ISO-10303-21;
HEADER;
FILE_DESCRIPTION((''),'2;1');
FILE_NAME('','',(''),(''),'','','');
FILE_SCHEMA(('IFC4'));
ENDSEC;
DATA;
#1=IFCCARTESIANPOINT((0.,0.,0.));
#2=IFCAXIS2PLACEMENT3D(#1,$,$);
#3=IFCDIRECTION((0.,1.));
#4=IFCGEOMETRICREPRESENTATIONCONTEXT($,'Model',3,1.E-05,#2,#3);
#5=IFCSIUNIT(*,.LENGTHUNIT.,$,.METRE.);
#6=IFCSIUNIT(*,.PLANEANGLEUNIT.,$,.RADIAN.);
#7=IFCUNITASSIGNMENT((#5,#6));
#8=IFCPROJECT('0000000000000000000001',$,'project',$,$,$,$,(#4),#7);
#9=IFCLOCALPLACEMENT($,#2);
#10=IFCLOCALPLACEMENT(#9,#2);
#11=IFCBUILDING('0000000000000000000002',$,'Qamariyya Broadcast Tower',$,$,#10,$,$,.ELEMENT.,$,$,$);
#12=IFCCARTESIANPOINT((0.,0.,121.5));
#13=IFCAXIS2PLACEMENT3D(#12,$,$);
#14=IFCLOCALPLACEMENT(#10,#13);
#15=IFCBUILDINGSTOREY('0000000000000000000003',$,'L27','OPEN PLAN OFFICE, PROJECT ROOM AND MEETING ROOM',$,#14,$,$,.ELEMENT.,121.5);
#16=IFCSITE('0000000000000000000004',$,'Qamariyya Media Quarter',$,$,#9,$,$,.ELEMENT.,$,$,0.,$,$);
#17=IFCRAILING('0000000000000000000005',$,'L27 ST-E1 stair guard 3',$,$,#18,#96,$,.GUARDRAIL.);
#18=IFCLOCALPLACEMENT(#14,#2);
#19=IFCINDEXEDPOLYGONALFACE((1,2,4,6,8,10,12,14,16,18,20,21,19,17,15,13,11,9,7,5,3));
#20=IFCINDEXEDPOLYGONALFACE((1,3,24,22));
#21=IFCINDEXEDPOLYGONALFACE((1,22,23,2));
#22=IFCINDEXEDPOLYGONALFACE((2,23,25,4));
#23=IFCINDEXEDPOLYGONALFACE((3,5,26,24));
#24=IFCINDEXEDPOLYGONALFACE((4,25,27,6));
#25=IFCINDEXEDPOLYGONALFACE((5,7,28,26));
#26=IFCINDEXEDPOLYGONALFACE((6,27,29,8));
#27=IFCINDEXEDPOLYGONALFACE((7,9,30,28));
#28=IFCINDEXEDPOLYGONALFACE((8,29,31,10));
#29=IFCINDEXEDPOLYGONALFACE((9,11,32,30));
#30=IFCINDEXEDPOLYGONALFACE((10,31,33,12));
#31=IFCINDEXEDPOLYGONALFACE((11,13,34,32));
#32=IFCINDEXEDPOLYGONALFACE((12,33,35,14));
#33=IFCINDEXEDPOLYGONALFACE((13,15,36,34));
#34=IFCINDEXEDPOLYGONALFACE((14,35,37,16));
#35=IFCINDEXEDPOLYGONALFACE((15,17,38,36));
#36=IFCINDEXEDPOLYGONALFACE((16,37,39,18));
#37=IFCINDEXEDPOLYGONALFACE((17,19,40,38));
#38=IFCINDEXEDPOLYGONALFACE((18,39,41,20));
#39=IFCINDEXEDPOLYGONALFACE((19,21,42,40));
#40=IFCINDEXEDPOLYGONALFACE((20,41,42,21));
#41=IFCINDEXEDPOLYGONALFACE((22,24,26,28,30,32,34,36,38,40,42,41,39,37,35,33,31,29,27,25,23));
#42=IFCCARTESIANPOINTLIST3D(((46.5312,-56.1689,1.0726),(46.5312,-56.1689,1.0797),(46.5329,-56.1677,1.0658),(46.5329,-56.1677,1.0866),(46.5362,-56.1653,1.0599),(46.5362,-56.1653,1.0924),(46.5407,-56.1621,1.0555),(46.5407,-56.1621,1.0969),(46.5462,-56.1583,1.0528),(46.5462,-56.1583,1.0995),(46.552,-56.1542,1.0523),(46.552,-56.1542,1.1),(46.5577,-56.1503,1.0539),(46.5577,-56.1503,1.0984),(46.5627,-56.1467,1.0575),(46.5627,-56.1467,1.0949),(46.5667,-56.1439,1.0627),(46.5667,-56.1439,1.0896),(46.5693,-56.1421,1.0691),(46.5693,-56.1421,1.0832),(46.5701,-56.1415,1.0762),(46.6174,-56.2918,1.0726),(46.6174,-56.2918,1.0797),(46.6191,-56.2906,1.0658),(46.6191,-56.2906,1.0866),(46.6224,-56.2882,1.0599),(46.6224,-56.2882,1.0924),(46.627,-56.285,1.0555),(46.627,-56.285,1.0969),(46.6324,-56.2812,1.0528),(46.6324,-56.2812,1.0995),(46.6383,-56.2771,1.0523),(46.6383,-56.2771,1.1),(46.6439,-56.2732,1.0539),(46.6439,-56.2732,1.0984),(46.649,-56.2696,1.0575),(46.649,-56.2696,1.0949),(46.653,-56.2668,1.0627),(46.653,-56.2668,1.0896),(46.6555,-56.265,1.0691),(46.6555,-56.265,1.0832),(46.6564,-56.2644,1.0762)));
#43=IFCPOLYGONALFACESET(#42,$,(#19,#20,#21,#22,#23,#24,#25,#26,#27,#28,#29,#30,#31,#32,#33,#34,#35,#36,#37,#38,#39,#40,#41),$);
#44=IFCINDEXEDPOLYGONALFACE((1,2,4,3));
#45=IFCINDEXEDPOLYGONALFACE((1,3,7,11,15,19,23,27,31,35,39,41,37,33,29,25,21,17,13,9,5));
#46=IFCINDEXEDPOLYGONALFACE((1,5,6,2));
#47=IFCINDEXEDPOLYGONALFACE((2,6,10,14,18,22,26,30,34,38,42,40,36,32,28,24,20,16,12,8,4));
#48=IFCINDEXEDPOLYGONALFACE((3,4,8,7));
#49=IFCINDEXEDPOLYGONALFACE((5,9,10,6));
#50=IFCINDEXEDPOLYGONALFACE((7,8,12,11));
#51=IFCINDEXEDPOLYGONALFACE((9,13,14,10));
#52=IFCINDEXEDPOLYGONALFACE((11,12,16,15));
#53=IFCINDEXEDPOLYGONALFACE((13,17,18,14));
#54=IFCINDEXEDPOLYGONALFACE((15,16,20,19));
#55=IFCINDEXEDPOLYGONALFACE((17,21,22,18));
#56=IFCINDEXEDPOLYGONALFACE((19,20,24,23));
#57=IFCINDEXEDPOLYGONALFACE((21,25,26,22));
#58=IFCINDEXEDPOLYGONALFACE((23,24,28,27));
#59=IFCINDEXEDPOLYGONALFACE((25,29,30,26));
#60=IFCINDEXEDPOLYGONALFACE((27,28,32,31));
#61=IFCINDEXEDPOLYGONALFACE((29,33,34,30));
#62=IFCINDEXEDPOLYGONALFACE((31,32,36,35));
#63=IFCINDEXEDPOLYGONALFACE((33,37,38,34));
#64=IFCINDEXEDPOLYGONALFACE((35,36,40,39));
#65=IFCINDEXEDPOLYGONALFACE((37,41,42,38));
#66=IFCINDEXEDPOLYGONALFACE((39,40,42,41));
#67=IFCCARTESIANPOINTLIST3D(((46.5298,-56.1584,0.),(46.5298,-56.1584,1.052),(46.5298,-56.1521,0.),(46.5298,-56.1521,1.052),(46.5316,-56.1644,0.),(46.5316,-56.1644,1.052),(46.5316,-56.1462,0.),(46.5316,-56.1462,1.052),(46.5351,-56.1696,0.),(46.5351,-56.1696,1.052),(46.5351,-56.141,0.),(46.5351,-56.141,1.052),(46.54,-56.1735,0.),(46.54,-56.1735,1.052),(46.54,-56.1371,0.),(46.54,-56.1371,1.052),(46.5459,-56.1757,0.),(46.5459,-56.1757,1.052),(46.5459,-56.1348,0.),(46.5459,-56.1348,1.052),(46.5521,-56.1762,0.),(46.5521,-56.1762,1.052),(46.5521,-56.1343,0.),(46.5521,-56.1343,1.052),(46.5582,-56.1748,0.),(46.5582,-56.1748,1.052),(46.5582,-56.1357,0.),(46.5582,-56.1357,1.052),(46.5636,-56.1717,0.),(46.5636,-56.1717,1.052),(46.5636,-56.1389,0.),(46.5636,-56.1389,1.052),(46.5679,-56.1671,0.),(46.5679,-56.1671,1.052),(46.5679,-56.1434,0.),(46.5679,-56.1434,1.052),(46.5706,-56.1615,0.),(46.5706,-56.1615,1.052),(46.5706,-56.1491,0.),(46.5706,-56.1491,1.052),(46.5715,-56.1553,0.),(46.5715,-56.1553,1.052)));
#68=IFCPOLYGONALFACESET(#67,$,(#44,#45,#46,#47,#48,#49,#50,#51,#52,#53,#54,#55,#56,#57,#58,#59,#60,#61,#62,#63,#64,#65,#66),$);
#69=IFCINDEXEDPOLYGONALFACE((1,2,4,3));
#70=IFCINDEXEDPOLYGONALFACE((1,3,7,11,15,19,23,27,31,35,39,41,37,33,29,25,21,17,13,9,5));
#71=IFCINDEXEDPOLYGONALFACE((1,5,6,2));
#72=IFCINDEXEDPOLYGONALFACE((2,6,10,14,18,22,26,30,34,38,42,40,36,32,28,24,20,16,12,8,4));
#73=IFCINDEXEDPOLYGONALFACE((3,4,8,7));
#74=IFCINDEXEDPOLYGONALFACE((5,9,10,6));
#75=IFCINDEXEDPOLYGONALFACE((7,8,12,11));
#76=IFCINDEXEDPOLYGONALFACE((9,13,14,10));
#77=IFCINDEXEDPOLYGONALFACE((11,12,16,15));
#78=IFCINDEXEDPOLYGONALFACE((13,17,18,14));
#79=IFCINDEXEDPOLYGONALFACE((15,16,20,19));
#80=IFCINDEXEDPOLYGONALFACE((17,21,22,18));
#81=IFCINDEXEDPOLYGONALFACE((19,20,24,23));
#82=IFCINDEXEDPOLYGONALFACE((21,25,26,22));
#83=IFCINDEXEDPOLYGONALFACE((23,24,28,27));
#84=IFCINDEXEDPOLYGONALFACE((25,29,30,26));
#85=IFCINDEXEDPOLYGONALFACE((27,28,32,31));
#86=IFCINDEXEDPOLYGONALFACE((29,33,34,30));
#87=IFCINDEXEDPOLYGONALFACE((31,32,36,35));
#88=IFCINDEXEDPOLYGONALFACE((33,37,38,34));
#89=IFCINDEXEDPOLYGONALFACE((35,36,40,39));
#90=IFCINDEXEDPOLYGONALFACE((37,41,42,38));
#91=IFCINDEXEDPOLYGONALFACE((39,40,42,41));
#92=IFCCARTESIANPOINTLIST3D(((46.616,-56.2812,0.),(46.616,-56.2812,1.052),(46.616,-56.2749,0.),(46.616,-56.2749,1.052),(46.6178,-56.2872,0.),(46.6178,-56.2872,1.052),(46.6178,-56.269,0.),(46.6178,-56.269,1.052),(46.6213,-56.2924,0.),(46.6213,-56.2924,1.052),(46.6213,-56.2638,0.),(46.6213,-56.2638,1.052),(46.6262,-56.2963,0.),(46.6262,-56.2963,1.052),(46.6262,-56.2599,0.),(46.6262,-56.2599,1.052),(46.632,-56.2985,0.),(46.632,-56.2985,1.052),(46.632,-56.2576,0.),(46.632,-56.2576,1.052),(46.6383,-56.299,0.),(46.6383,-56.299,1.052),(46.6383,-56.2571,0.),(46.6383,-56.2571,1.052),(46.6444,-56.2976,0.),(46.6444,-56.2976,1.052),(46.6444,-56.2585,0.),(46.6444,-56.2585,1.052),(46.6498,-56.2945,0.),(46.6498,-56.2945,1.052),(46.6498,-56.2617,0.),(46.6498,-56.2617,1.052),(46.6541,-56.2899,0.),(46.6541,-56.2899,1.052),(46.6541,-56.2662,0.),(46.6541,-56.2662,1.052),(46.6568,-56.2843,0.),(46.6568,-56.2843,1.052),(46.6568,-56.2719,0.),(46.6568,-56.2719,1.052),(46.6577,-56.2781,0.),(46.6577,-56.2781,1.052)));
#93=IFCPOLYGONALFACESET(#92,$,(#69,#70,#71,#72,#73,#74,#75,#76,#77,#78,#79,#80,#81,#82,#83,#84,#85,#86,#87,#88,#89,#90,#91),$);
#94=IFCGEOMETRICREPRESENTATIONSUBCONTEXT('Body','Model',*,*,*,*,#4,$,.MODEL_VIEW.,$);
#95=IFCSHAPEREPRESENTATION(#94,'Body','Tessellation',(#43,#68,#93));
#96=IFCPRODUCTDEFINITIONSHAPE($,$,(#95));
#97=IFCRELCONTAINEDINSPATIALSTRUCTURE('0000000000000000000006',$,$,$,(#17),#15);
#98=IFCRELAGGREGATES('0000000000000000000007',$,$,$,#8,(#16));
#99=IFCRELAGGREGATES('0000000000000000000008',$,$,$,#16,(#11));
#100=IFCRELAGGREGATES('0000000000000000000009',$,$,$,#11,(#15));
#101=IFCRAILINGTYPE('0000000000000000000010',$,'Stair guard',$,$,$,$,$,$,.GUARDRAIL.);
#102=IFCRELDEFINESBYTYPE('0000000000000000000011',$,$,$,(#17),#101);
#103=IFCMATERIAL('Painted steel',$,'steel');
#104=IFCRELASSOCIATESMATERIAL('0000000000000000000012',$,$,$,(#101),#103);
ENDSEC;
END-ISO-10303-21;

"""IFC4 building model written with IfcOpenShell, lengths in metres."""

from ifc_helpers import new_model, si_unit, direction, frame, origin, origin_2d, place, context, subcontext, project, spatial, circle, extrude, material, type_object, element, save


model = new_model("IFC4")

# Units and contexts
model_context = context("Model", 3, precision=1e-05, world=origin(), true_north=direction((0.0, 1.0)))
body_context = subcontext(model_context, "Body", "Model", "MODEL_VIEW")
ifc_project = project(units=[si_unit("LENGTHUNIT", "METRE"), si_unit("PLANEANGLEUNIT", "RADIAN")], contexts=[model_context])

# Site, building, storey
site_placement = place(None, origin())
site = spatial("IfcSite", under=ifc_project, at=site_placement, Name="Qamariyya Media Quarter", CompositionType="ELEMENT", RefElevation=0.0)
building_placement = place(site_placement, origin())
building = spatial("IfcBuilding", under=site, at=building_placement, Name="Qamariyya Broadcast Tower", CompositionType="ELEMENT")
storey_placement = place(building_placement, frame((0.0, 0.0, 121.5)))
storey = spatial("IfcBuildingStorey", under=building, at=storey_placement, Name="L27", Description="OPEN PLAN OFFICE, PROJECT ROOM AND MEETING ROOM", CompositionType="ELEMENT", Elevation=121.5)

# Railing
ifc_material_1 = material(Name="Painted steel", Category="steel")
railing_type_1 = type_object("IfcRailingType", Name="Stair guard", PredefinedType="GUARDRAIL", material=ifc_material_1)
railing_1_placement = place(storey_placement, frame((46.5505, -56.1553, 0.0)))
element("IfcRailing", 1, at=railing_1_placement, inside=storey, type_object=railing_type_1, Name="L27 ST-E1 stair guard 3", PredefinedType="GUARDRAIL", context=body_context, shape_type="SweptSolid", body=[
    extrude(circle(Radius=0.0239, at=origin_2d()), frame((0.0, 0.0, 1.0762), z_axis=(0.574445, -0.818543, 0.0), x_axis=(0.818543, 0.574445, 0.0)), (0.0, 0.0, 1.0), 0.1501),
    extrude(circle(Radius=0.021, at=origin_2d()), origin(), (0.0, 0.0, 1.0), 1.052),
    extrude(circle(Radius=0.021, at=origin_2d()), frame((0.0862, -0.1228, 0.0)), (0.0, 0.0, 1.0), 1.052),
])

save(model, "model.ifc")
